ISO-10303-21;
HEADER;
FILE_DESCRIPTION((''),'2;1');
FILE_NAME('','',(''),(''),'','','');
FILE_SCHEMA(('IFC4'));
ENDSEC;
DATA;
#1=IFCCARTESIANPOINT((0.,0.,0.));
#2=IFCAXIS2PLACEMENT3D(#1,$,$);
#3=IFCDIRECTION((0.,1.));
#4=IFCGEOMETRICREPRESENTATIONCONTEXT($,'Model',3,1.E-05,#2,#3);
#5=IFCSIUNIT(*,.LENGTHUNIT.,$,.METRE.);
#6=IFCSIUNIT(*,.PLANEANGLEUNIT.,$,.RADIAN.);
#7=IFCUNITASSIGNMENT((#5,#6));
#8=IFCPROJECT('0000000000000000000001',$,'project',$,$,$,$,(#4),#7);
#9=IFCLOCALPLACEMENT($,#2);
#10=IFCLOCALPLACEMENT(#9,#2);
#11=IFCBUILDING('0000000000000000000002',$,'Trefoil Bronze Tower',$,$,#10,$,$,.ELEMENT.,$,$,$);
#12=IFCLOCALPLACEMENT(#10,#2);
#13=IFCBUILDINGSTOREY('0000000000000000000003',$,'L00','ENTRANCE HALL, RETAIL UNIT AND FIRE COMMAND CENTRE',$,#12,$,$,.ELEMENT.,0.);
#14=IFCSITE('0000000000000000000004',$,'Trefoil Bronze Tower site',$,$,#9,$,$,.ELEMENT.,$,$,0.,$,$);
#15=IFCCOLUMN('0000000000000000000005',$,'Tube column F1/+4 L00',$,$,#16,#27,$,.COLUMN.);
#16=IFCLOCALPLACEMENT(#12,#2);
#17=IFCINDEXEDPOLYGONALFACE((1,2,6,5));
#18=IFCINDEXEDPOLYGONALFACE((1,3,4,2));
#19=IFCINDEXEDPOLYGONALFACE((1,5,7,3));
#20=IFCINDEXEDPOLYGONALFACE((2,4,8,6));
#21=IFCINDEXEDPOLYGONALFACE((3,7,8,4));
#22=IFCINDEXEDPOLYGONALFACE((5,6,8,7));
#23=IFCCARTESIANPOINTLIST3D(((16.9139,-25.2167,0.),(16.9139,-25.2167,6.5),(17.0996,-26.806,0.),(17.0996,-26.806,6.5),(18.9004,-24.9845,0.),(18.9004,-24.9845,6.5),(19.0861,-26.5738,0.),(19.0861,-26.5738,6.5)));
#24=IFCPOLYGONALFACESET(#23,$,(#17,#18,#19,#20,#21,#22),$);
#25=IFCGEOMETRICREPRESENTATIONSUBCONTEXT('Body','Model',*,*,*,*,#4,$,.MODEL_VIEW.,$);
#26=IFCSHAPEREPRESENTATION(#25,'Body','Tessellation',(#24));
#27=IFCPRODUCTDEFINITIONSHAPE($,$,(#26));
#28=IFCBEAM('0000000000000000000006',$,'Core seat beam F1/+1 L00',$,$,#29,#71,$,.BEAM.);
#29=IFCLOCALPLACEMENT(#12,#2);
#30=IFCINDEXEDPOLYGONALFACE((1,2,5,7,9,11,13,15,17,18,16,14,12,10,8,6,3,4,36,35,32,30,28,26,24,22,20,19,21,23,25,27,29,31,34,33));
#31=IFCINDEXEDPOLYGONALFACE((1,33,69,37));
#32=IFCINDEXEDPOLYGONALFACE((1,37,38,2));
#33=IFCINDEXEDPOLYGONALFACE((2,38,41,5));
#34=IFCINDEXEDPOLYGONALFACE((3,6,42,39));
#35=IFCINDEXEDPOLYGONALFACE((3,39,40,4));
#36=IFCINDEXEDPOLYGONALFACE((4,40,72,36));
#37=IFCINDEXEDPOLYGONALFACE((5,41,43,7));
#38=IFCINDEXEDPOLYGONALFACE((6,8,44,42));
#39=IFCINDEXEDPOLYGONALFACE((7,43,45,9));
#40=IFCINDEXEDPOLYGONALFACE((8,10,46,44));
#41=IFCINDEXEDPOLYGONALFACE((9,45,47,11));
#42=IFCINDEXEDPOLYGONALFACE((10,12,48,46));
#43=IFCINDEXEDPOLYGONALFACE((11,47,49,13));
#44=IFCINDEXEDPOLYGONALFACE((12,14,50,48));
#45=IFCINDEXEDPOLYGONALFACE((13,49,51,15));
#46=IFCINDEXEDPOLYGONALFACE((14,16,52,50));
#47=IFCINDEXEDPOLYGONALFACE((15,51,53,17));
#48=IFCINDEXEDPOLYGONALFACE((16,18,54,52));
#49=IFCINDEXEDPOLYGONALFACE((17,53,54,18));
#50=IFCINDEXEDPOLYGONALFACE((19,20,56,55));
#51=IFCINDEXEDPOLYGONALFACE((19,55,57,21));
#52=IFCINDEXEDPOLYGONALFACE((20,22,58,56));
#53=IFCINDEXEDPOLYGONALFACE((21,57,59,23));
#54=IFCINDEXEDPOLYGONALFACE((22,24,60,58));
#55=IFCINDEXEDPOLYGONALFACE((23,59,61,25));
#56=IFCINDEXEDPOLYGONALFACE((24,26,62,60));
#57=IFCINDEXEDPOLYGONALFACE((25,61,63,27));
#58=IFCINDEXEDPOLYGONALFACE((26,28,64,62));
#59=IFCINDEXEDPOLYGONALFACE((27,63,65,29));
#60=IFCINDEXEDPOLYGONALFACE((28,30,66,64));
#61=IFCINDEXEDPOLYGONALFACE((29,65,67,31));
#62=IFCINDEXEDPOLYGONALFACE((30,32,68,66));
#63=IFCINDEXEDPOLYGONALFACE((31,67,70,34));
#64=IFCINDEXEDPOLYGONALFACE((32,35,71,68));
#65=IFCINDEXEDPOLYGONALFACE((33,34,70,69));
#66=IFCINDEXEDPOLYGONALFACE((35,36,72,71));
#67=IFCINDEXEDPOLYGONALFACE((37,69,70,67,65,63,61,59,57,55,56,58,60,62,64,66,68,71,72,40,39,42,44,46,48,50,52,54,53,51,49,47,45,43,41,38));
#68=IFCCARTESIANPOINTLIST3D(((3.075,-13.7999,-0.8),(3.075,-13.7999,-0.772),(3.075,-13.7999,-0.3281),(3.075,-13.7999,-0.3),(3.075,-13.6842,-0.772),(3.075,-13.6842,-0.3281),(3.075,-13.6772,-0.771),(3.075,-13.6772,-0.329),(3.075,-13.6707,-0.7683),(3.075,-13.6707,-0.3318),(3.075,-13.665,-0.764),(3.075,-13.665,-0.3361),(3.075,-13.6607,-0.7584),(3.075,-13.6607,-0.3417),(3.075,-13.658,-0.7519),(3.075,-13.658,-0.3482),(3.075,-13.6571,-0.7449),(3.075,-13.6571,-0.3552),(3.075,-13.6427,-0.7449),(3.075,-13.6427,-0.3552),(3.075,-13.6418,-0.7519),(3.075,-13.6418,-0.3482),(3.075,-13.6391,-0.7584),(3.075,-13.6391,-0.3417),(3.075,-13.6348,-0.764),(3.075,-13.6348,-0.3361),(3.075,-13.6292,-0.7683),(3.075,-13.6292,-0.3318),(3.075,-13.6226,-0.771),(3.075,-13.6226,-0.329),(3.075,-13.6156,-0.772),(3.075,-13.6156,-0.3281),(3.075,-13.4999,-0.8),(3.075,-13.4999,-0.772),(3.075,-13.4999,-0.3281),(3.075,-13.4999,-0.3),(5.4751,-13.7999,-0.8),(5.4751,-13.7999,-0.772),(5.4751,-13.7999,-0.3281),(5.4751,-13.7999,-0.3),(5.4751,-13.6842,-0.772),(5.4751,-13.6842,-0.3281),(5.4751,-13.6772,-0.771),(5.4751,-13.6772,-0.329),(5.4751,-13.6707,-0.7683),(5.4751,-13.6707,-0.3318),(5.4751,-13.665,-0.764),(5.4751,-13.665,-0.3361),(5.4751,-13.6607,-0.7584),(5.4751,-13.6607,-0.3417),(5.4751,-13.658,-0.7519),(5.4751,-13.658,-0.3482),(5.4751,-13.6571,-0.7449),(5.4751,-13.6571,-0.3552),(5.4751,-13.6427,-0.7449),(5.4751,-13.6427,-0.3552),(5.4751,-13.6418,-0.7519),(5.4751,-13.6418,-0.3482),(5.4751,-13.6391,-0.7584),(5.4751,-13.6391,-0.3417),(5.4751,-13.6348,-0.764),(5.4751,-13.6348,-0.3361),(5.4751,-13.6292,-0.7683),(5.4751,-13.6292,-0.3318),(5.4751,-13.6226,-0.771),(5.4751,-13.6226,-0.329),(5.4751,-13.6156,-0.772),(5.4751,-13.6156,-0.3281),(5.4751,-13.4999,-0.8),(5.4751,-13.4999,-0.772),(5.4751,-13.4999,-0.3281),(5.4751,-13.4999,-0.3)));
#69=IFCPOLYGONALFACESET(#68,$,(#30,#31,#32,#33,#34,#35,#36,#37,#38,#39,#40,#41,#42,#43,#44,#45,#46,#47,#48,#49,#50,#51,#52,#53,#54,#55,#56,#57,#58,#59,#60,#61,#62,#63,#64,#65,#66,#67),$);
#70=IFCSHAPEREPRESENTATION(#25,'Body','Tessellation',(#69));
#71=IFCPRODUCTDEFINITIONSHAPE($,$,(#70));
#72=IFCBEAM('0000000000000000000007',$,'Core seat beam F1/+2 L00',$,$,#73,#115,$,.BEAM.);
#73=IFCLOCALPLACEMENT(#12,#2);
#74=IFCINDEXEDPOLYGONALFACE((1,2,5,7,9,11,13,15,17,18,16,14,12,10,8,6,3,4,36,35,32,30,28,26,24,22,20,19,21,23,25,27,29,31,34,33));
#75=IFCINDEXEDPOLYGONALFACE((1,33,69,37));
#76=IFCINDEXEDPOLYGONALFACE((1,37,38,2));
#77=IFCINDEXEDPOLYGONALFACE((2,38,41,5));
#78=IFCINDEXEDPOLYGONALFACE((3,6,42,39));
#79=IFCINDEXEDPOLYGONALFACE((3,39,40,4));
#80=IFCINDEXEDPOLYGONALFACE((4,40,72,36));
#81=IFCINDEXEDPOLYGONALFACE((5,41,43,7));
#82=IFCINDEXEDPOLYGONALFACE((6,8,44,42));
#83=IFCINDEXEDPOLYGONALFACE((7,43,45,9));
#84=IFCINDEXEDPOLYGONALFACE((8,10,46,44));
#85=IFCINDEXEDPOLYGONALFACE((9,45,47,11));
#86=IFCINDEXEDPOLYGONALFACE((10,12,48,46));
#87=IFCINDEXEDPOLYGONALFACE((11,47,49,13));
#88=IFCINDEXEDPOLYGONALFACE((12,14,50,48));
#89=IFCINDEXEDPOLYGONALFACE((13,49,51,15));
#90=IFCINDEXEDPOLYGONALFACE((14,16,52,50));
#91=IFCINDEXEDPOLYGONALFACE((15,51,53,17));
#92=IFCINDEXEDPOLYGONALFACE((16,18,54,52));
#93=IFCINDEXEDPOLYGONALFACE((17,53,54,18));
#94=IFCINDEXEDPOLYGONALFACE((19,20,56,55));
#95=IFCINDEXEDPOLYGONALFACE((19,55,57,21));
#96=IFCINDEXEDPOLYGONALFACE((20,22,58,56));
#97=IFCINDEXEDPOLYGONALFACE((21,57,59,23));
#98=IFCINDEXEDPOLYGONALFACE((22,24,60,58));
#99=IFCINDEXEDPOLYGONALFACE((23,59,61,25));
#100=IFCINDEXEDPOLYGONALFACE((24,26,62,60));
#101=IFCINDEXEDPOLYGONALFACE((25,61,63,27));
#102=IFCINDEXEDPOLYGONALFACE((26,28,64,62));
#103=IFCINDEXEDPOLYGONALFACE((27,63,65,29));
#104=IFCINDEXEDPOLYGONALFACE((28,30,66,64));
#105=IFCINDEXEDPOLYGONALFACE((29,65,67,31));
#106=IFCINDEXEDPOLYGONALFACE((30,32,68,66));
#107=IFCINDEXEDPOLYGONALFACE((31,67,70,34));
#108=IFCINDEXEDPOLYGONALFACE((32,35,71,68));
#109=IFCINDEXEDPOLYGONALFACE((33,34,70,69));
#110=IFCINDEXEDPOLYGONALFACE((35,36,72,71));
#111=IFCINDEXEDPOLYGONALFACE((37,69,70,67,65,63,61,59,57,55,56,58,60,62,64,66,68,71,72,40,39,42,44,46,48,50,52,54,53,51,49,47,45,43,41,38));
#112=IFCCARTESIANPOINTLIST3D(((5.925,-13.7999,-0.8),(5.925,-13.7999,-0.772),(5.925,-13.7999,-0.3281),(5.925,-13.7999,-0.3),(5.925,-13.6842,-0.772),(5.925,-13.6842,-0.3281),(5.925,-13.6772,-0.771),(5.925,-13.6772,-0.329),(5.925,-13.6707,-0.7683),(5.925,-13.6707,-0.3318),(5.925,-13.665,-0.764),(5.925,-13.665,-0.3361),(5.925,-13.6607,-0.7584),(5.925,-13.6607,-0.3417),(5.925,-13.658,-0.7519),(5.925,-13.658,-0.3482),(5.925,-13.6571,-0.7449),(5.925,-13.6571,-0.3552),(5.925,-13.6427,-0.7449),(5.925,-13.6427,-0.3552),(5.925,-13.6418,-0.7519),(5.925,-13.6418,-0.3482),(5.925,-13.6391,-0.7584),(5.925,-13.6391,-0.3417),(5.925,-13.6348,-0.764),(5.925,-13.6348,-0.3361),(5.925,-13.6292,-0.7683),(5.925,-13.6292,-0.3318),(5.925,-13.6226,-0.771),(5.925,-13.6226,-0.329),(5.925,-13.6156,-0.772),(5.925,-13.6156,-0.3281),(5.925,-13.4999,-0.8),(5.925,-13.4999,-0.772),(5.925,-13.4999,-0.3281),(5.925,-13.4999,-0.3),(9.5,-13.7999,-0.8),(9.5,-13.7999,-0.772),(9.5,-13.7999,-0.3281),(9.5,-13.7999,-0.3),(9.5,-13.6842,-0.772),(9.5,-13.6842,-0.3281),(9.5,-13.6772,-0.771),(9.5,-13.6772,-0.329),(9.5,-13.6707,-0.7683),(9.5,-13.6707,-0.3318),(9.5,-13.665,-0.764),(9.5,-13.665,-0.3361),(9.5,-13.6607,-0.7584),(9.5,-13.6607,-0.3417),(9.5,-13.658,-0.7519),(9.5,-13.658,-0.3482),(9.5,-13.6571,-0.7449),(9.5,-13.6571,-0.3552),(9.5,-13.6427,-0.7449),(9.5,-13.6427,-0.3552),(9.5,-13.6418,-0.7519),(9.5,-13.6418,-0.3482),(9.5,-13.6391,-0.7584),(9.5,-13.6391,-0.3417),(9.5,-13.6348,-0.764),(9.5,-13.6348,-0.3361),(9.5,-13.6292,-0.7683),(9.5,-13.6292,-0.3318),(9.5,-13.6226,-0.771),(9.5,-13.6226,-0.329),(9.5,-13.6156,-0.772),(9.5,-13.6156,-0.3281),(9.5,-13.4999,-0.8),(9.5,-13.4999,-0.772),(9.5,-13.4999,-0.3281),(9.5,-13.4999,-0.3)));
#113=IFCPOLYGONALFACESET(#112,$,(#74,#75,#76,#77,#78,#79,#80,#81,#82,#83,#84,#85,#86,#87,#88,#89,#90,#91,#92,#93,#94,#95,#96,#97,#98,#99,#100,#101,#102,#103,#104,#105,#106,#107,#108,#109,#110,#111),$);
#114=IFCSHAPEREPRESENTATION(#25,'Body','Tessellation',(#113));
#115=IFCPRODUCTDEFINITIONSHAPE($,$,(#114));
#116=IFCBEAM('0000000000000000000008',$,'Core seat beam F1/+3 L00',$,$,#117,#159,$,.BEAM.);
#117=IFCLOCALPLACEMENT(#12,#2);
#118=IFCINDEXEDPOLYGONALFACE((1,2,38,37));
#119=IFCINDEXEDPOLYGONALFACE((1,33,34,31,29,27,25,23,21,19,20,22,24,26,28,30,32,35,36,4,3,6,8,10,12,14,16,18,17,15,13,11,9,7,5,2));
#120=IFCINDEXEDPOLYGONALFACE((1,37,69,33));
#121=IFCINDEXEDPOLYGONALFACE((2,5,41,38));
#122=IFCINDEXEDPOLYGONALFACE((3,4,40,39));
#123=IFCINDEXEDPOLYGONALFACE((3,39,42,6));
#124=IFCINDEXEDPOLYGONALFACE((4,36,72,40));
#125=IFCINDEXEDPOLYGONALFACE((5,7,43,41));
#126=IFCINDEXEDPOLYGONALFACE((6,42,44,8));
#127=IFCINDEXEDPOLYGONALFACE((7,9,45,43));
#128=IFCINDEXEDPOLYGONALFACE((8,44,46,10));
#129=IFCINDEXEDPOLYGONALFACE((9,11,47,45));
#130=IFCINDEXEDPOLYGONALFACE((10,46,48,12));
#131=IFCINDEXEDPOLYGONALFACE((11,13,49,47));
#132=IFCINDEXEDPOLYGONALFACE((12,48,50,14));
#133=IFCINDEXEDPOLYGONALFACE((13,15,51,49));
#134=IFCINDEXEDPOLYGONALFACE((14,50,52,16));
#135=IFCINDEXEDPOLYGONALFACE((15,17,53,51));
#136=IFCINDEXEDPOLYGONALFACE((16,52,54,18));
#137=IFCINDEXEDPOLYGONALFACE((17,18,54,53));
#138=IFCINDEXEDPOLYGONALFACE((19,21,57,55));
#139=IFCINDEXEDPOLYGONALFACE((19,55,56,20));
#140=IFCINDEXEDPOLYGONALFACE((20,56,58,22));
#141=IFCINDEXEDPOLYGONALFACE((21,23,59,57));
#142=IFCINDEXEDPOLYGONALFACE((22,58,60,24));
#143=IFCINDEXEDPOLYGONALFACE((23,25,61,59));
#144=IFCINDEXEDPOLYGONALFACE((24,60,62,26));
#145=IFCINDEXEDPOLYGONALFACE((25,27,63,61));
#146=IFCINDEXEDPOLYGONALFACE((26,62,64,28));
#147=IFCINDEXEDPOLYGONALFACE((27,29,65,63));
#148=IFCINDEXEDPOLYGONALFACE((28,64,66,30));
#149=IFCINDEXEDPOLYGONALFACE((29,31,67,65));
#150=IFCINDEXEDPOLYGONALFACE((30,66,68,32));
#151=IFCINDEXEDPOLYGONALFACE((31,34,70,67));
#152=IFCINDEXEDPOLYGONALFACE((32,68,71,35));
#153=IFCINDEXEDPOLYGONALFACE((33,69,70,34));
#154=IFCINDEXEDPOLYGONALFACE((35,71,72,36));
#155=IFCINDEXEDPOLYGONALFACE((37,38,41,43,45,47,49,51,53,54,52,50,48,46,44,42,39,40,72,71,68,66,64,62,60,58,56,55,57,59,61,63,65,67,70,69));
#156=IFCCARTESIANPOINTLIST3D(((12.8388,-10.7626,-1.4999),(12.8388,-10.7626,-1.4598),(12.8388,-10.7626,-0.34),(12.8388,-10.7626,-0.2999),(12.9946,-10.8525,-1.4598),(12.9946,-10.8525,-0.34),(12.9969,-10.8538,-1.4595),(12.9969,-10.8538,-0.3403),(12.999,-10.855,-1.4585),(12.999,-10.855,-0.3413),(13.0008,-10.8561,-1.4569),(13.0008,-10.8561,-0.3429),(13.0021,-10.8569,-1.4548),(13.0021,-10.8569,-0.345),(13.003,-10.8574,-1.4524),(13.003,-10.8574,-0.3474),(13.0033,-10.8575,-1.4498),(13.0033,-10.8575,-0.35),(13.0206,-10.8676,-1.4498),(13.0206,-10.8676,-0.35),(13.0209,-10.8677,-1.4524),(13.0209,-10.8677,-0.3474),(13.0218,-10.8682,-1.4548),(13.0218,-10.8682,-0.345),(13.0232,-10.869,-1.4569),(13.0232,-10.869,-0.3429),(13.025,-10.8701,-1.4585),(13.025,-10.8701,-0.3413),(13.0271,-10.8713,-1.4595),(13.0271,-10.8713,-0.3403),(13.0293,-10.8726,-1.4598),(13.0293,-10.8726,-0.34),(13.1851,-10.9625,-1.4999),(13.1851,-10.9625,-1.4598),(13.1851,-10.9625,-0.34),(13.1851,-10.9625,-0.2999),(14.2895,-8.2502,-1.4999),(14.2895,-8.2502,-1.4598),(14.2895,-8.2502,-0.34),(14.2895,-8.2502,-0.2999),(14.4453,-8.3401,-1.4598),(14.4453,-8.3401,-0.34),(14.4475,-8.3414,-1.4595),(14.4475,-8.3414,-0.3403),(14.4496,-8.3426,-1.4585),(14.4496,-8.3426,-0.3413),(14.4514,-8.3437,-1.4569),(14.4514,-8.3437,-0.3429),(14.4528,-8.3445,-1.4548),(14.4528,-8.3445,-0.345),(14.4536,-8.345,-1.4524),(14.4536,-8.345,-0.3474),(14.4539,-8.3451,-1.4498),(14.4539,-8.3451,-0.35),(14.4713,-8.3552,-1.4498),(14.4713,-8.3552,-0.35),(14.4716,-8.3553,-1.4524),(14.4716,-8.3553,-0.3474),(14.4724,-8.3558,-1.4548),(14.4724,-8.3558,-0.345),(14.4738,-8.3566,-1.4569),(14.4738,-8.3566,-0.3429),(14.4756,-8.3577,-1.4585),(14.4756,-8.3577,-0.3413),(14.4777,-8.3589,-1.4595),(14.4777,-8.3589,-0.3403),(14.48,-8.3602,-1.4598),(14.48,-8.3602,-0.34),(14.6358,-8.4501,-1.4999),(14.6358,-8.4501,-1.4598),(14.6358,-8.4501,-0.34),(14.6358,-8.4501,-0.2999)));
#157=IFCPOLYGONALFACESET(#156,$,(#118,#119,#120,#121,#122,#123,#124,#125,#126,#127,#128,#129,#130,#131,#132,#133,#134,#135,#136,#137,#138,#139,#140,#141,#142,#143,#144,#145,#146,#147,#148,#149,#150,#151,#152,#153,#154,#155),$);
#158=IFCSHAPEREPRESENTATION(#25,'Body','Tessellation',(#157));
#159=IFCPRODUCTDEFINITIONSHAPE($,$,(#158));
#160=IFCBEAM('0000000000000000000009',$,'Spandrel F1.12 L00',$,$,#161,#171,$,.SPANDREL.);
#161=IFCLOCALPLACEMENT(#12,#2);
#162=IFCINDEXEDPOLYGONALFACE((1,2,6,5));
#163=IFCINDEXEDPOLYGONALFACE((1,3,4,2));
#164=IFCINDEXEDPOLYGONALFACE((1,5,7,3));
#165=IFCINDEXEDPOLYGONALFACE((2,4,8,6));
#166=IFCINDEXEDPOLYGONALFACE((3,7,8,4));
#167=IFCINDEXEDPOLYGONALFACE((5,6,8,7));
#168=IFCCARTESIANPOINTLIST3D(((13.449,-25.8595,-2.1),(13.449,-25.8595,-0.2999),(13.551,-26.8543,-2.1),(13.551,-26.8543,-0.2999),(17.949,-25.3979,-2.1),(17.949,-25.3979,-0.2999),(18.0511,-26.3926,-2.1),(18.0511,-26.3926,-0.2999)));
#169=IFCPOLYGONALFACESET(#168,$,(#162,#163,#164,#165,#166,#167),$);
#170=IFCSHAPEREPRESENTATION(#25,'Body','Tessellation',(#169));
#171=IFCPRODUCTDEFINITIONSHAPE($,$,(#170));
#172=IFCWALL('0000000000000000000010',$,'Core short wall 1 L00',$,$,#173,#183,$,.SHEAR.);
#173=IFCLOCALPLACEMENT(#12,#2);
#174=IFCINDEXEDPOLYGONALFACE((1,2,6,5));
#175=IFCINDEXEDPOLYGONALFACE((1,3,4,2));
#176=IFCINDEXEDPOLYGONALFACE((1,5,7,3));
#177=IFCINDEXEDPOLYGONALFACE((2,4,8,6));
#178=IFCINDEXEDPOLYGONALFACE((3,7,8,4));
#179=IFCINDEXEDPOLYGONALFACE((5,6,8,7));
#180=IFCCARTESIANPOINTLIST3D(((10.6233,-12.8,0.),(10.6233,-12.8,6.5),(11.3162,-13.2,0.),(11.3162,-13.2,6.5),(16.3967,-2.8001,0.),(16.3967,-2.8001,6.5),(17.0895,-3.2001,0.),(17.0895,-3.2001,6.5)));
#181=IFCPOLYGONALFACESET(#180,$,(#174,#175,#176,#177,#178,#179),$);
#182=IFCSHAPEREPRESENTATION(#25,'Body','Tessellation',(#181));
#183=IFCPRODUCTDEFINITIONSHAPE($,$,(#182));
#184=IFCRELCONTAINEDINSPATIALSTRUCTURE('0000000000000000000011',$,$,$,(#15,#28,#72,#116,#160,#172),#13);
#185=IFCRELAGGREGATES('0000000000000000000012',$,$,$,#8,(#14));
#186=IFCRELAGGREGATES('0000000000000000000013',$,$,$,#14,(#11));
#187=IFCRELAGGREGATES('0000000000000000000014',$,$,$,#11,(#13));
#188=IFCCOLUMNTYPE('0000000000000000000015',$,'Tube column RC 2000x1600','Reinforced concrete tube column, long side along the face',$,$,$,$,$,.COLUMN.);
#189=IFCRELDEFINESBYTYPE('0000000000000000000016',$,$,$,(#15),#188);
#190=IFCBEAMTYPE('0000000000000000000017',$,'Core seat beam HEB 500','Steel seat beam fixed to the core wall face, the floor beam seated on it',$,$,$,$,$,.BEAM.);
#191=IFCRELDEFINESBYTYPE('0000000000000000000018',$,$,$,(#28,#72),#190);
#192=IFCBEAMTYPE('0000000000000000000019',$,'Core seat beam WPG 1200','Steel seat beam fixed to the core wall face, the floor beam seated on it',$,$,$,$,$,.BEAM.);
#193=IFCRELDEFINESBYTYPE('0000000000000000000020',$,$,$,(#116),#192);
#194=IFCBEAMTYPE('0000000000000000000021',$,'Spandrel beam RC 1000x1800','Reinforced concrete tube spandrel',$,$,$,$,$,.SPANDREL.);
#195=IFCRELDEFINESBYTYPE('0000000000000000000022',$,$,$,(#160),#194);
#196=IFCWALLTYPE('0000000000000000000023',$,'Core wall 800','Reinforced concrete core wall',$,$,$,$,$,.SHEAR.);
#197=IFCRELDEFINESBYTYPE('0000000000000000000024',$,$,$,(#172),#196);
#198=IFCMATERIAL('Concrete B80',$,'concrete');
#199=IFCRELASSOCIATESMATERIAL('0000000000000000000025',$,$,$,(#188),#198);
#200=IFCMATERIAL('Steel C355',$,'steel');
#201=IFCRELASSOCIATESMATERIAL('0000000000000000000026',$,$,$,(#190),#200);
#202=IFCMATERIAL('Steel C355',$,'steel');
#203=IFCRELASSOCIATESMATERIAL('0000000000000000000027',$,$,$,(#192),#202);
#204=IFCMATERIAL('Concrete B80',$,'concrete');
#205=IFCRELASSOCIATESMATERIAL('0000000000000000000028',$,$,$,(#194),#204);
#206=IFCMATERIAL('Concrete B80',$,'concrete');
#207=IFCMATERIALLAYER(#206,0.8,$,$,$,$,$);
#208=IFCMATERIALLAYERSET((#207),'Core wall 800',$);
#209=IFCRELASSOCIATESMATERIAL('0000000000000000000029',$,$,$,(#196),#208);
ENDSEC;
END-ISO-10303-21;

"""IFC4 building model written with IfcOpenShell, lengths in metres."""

from ifc_helpers import new_model, si_unit, direction, frame, frame_2d, origin, origin_2d, place, context, subcontext, project, spatial, rectangle, i_section, extrude, material, layer, layer_set, material_profile, profile_set, type_object, element, save


model = new_model("IFC4")

# Units and contexts
model_context = context("Model", 3, precision=1e-05, world=origin(), true_north=direction((0.0, 1.0)))
body_context = subcontext(model_context, "Body", "Model", "MODEL_VIEW")
ifc_project = project(units=[si_unit("LENGTHUNIT", "METRE"), si_unit("PLANEANGLEUNIT", "RADIAN")], contexts=[model_context])

# Site, building, storey
site_placement = place(None, origin())
site = spatial("IfcSite", under=ifc_project, at=site_placement, Name="Trefoil Bronze Tower site", CompositionType="ELEMENT", RefElevation=0.0)
building_placement = place(site_placement, origin())
building = spatial("IfcBuilding", under=site, at=building_placement, Name="Trefoil Bronze Tower", CompositionType="ELEMENT")
storey_placement = place(building_placement, origin())
storey = spatial("IfcBuildingStorey", under=building, at=storey_placement, Name="L00", Description="ENTRANCE HALL, RETAIL UNIT AND FIRE COMMAND CENTRE", CompositionType="ELEMENT", Elevation=0.0)

# Column
ifc_material_1 = material(Name="Concrete B80", Category="concrete")
ifc_material_profile_1 = material_profile(ifc_material_1, rectangle(XDim=2.0, YDim=1.6001, at=origin_2d()), Name="RC 2000x1600")
ifc_profile_set_1 = profile_set([ifc_material_profile_1], Name="Concrete B80")
column_type = type_object("IfcColumnType", Name="Tube column RC 2000x1600", Description="Reinforced concrete tube column, long side along the face", PredefinedType="COLUMN", material=ifc_profile_set_1)
column_placement = place(storey_placement, frame((18.0, -25.8953, 0.0), z_axis=(0.0, 0.0, 1.0), x_axis=(0.993239, 0.116087, 0.0)))
element("IfcColumn", 1, at=column_placement, inside=storey, type_object=column_type, Name="Tube column F1/+4 L00", PredefinedType="COLUMN", context=body_context, shape_type="SweptSolid", body=[
    extrude(rectangle(XDim=2.0, YDim=1.6001, at=origin_2d()), origin(), (0.0, 0.0, 1.0), 6.5),
])

# Beams
ifc_material_2 = material(Name="Steel C355", Category="steel")
ifc_material_profile_2 = material_profile(ifc_material_2, i_section(OverallWidth=0.3, OverallDepth=0.5, WebThickness=0.0144, FlangeThickness=0.0281, FilletRadius=0.0271, at=origin_2d()), Name="HEB 500")
ifc_profile_set_2 = profile_set([ifc_material_profile_2], Name="Steel C355")
beam_type_1 = type_object("IfcBeamType", Name="Core seat beam HEB 500", Description="Steel seat beam fixed to the core wall face, the floor beam seated on it", PredefinedType="BEAM", material=ifc_profile_set_2)
beam_1_placement = place(storey_placement, frame((3.075, -13.6499, -0.55), z_axis=(1.0, 0.0, 0.0), x_axis=(0.0, 1.0, 0.0)))
element("IfcBeam", 2, at=beam_1_placement, inside=storey, type_object=beam_type_1, Name="Core seat beam F1/+1 L00", PredefinedType="BEAM", context=body_context, shape_type="SweptSolid", body=[
    extrude(i_section(OverallWidth=0.3, OverallDepth=0.5, WebThickness=0.0144, FlangeThickness=0.0281, FilletRadius=0.0271, at=origin_2d()), origin(), (0.0, 0.0, 1.0), 2.4001),
])
beam_2_placement = place(storey_placement, frame((5.925, -13.6499, -0.55), z_axis=(1.0, 0.0, 0.0), x_axis=(0.0, 1.0, 0.0)))
element("IfcBeam", 3, at=beam_2_placement, inside=storey, type_object=beam_type_1, Name="Core seat beam F1/+2 L00", PredefinedType="BEAM", context=body_context, shape_type="SweptSolid", body=[
    extrude(i_section(OverallWidth=0.3, OverallDepth=0.5, WebThickness=0.0144, FlangeThickness=0.0281, FilletRadius=0.0271, at=origin_2d()), origin(), (0.0, 0.0, 1.0), 3.575),
])
ifc_material_3 = material(Name="Steel C355", Category="steel")
ifc_material_profile_3 = material_profile(ifc_material_3, i_section(OverallWidth=0.3999, OverallDepth=1.2, WebThickness=0.02, FlangeThickness=0.04, FilletRadius=0.01, at=origin_2d()), Name="WPG 1200")
ifc_profile_set_3 = profile_set([ifc_material_profile_3], Name="Steel C355")
beam_type_2 = type_object("IfcBeamType", Name="Core seat beam WPG 1200", Description="Steel seat beam fixed to the core wall face, the floor beam seated on it", PredefinedType="BEAM", material=ifc_profile_set_3)
beam_3_placement = place(storey_placement, frame((13.012, -10.8625, -0.8999), z_axis=(0.500031, 0.866008, 0.0), x_axis=(-0.866008, 0.500031, 0.0)))
element("IfcBeam", 4, at=beam_3_placement, inside=storey, type_object=beam_type_2, Name="Core seat beam F1/+3 L00", PredefinedType="BEAM", context=body_context, shape_type="SweptSolid", body=[
    extrude(i_section(OverallWidth=0.3999, OverallDepth=1.2, WebThickness=0.02, FlangeThickness=0.04, FilletRadius=0.01, at=origin_2d()), origin(), (0.0, 0.0, 1.0), 2.9011),
])
ifc_material_4 = material(Name="Concrete B80", Category="concrete")
ifc_material_profile_4 = material_profile(ifc_material_4, rectangle(XDim=1.0, YDim=1.8, at=origin_2d()), Name="RC 1000x1800")
ifc_profile_set_4 = profile_set([ifc_material_profile_4], Name="Concrete B80")
beam_type_3 = type_object("IfcBeamType", Name="Spandrel beam RC 1000x1800", Description="Reinforced concrete tube spandrel", PredefinedType="SPANDREL", material=ifc_profile_set_4)
beam_4_placement = place(storey_placement, frame((13.5, -26.3569, -1.2), z_axis=(0.994778, 0.102058, 0.0), x_axis=(-0.102058, 0.994778, 0.0)))
element("IfcBeam", 5, at=beam_4_placement, inside=storey, type_object=beam_type_3, Name="Spandrel F1.12 L00", PredefinedType="SPANDREL", context=body_context, shape_type="SweptSolid", body=[
    extrude(rectangle(XDim=1.0, YDim=1.8, at=origin_2d()), origin(), (0.0, 0.0, 1.0), 4.5237),
])

# Wall
ifc_material_5 = material(Name="Concrete B80", Category="concrete")
ifc_layer_1 = layer(ifc_material_5, 0.8)
ifc_layer_set_1 = layer_set([ifc_layer_1], Name="Core wall 800")
wall_type_1 = type_object("IfcWallType", Name="Core wall 800", Description="Reinforced concrete core wall", PredefinedType="SHEAR", material=ifc_layer_set_1)
wall_1_placement = place(storey_placement, frame((10.9697, -13.0, 0.0), z_axis=(0.0, 0.0, 1.0), x_axis=(0.499996, 0.866028, 0.0)))
element("IfcWall", 6, at=wall_1_placement, inside=storey, type_object=wall_type_1, Name="Core short wall 1 L00", PredefinedType="SHEAR", context=body_context, shape_type="SweptSolid", body=[
    extrude(rectangle(XDim=11.5469, YDim=0.8, at=frame_2d((5.7734, 0.0))), origin(), (0.0, 0.0, 1.0), 6.5),
])

save(model, "model.ifc")
